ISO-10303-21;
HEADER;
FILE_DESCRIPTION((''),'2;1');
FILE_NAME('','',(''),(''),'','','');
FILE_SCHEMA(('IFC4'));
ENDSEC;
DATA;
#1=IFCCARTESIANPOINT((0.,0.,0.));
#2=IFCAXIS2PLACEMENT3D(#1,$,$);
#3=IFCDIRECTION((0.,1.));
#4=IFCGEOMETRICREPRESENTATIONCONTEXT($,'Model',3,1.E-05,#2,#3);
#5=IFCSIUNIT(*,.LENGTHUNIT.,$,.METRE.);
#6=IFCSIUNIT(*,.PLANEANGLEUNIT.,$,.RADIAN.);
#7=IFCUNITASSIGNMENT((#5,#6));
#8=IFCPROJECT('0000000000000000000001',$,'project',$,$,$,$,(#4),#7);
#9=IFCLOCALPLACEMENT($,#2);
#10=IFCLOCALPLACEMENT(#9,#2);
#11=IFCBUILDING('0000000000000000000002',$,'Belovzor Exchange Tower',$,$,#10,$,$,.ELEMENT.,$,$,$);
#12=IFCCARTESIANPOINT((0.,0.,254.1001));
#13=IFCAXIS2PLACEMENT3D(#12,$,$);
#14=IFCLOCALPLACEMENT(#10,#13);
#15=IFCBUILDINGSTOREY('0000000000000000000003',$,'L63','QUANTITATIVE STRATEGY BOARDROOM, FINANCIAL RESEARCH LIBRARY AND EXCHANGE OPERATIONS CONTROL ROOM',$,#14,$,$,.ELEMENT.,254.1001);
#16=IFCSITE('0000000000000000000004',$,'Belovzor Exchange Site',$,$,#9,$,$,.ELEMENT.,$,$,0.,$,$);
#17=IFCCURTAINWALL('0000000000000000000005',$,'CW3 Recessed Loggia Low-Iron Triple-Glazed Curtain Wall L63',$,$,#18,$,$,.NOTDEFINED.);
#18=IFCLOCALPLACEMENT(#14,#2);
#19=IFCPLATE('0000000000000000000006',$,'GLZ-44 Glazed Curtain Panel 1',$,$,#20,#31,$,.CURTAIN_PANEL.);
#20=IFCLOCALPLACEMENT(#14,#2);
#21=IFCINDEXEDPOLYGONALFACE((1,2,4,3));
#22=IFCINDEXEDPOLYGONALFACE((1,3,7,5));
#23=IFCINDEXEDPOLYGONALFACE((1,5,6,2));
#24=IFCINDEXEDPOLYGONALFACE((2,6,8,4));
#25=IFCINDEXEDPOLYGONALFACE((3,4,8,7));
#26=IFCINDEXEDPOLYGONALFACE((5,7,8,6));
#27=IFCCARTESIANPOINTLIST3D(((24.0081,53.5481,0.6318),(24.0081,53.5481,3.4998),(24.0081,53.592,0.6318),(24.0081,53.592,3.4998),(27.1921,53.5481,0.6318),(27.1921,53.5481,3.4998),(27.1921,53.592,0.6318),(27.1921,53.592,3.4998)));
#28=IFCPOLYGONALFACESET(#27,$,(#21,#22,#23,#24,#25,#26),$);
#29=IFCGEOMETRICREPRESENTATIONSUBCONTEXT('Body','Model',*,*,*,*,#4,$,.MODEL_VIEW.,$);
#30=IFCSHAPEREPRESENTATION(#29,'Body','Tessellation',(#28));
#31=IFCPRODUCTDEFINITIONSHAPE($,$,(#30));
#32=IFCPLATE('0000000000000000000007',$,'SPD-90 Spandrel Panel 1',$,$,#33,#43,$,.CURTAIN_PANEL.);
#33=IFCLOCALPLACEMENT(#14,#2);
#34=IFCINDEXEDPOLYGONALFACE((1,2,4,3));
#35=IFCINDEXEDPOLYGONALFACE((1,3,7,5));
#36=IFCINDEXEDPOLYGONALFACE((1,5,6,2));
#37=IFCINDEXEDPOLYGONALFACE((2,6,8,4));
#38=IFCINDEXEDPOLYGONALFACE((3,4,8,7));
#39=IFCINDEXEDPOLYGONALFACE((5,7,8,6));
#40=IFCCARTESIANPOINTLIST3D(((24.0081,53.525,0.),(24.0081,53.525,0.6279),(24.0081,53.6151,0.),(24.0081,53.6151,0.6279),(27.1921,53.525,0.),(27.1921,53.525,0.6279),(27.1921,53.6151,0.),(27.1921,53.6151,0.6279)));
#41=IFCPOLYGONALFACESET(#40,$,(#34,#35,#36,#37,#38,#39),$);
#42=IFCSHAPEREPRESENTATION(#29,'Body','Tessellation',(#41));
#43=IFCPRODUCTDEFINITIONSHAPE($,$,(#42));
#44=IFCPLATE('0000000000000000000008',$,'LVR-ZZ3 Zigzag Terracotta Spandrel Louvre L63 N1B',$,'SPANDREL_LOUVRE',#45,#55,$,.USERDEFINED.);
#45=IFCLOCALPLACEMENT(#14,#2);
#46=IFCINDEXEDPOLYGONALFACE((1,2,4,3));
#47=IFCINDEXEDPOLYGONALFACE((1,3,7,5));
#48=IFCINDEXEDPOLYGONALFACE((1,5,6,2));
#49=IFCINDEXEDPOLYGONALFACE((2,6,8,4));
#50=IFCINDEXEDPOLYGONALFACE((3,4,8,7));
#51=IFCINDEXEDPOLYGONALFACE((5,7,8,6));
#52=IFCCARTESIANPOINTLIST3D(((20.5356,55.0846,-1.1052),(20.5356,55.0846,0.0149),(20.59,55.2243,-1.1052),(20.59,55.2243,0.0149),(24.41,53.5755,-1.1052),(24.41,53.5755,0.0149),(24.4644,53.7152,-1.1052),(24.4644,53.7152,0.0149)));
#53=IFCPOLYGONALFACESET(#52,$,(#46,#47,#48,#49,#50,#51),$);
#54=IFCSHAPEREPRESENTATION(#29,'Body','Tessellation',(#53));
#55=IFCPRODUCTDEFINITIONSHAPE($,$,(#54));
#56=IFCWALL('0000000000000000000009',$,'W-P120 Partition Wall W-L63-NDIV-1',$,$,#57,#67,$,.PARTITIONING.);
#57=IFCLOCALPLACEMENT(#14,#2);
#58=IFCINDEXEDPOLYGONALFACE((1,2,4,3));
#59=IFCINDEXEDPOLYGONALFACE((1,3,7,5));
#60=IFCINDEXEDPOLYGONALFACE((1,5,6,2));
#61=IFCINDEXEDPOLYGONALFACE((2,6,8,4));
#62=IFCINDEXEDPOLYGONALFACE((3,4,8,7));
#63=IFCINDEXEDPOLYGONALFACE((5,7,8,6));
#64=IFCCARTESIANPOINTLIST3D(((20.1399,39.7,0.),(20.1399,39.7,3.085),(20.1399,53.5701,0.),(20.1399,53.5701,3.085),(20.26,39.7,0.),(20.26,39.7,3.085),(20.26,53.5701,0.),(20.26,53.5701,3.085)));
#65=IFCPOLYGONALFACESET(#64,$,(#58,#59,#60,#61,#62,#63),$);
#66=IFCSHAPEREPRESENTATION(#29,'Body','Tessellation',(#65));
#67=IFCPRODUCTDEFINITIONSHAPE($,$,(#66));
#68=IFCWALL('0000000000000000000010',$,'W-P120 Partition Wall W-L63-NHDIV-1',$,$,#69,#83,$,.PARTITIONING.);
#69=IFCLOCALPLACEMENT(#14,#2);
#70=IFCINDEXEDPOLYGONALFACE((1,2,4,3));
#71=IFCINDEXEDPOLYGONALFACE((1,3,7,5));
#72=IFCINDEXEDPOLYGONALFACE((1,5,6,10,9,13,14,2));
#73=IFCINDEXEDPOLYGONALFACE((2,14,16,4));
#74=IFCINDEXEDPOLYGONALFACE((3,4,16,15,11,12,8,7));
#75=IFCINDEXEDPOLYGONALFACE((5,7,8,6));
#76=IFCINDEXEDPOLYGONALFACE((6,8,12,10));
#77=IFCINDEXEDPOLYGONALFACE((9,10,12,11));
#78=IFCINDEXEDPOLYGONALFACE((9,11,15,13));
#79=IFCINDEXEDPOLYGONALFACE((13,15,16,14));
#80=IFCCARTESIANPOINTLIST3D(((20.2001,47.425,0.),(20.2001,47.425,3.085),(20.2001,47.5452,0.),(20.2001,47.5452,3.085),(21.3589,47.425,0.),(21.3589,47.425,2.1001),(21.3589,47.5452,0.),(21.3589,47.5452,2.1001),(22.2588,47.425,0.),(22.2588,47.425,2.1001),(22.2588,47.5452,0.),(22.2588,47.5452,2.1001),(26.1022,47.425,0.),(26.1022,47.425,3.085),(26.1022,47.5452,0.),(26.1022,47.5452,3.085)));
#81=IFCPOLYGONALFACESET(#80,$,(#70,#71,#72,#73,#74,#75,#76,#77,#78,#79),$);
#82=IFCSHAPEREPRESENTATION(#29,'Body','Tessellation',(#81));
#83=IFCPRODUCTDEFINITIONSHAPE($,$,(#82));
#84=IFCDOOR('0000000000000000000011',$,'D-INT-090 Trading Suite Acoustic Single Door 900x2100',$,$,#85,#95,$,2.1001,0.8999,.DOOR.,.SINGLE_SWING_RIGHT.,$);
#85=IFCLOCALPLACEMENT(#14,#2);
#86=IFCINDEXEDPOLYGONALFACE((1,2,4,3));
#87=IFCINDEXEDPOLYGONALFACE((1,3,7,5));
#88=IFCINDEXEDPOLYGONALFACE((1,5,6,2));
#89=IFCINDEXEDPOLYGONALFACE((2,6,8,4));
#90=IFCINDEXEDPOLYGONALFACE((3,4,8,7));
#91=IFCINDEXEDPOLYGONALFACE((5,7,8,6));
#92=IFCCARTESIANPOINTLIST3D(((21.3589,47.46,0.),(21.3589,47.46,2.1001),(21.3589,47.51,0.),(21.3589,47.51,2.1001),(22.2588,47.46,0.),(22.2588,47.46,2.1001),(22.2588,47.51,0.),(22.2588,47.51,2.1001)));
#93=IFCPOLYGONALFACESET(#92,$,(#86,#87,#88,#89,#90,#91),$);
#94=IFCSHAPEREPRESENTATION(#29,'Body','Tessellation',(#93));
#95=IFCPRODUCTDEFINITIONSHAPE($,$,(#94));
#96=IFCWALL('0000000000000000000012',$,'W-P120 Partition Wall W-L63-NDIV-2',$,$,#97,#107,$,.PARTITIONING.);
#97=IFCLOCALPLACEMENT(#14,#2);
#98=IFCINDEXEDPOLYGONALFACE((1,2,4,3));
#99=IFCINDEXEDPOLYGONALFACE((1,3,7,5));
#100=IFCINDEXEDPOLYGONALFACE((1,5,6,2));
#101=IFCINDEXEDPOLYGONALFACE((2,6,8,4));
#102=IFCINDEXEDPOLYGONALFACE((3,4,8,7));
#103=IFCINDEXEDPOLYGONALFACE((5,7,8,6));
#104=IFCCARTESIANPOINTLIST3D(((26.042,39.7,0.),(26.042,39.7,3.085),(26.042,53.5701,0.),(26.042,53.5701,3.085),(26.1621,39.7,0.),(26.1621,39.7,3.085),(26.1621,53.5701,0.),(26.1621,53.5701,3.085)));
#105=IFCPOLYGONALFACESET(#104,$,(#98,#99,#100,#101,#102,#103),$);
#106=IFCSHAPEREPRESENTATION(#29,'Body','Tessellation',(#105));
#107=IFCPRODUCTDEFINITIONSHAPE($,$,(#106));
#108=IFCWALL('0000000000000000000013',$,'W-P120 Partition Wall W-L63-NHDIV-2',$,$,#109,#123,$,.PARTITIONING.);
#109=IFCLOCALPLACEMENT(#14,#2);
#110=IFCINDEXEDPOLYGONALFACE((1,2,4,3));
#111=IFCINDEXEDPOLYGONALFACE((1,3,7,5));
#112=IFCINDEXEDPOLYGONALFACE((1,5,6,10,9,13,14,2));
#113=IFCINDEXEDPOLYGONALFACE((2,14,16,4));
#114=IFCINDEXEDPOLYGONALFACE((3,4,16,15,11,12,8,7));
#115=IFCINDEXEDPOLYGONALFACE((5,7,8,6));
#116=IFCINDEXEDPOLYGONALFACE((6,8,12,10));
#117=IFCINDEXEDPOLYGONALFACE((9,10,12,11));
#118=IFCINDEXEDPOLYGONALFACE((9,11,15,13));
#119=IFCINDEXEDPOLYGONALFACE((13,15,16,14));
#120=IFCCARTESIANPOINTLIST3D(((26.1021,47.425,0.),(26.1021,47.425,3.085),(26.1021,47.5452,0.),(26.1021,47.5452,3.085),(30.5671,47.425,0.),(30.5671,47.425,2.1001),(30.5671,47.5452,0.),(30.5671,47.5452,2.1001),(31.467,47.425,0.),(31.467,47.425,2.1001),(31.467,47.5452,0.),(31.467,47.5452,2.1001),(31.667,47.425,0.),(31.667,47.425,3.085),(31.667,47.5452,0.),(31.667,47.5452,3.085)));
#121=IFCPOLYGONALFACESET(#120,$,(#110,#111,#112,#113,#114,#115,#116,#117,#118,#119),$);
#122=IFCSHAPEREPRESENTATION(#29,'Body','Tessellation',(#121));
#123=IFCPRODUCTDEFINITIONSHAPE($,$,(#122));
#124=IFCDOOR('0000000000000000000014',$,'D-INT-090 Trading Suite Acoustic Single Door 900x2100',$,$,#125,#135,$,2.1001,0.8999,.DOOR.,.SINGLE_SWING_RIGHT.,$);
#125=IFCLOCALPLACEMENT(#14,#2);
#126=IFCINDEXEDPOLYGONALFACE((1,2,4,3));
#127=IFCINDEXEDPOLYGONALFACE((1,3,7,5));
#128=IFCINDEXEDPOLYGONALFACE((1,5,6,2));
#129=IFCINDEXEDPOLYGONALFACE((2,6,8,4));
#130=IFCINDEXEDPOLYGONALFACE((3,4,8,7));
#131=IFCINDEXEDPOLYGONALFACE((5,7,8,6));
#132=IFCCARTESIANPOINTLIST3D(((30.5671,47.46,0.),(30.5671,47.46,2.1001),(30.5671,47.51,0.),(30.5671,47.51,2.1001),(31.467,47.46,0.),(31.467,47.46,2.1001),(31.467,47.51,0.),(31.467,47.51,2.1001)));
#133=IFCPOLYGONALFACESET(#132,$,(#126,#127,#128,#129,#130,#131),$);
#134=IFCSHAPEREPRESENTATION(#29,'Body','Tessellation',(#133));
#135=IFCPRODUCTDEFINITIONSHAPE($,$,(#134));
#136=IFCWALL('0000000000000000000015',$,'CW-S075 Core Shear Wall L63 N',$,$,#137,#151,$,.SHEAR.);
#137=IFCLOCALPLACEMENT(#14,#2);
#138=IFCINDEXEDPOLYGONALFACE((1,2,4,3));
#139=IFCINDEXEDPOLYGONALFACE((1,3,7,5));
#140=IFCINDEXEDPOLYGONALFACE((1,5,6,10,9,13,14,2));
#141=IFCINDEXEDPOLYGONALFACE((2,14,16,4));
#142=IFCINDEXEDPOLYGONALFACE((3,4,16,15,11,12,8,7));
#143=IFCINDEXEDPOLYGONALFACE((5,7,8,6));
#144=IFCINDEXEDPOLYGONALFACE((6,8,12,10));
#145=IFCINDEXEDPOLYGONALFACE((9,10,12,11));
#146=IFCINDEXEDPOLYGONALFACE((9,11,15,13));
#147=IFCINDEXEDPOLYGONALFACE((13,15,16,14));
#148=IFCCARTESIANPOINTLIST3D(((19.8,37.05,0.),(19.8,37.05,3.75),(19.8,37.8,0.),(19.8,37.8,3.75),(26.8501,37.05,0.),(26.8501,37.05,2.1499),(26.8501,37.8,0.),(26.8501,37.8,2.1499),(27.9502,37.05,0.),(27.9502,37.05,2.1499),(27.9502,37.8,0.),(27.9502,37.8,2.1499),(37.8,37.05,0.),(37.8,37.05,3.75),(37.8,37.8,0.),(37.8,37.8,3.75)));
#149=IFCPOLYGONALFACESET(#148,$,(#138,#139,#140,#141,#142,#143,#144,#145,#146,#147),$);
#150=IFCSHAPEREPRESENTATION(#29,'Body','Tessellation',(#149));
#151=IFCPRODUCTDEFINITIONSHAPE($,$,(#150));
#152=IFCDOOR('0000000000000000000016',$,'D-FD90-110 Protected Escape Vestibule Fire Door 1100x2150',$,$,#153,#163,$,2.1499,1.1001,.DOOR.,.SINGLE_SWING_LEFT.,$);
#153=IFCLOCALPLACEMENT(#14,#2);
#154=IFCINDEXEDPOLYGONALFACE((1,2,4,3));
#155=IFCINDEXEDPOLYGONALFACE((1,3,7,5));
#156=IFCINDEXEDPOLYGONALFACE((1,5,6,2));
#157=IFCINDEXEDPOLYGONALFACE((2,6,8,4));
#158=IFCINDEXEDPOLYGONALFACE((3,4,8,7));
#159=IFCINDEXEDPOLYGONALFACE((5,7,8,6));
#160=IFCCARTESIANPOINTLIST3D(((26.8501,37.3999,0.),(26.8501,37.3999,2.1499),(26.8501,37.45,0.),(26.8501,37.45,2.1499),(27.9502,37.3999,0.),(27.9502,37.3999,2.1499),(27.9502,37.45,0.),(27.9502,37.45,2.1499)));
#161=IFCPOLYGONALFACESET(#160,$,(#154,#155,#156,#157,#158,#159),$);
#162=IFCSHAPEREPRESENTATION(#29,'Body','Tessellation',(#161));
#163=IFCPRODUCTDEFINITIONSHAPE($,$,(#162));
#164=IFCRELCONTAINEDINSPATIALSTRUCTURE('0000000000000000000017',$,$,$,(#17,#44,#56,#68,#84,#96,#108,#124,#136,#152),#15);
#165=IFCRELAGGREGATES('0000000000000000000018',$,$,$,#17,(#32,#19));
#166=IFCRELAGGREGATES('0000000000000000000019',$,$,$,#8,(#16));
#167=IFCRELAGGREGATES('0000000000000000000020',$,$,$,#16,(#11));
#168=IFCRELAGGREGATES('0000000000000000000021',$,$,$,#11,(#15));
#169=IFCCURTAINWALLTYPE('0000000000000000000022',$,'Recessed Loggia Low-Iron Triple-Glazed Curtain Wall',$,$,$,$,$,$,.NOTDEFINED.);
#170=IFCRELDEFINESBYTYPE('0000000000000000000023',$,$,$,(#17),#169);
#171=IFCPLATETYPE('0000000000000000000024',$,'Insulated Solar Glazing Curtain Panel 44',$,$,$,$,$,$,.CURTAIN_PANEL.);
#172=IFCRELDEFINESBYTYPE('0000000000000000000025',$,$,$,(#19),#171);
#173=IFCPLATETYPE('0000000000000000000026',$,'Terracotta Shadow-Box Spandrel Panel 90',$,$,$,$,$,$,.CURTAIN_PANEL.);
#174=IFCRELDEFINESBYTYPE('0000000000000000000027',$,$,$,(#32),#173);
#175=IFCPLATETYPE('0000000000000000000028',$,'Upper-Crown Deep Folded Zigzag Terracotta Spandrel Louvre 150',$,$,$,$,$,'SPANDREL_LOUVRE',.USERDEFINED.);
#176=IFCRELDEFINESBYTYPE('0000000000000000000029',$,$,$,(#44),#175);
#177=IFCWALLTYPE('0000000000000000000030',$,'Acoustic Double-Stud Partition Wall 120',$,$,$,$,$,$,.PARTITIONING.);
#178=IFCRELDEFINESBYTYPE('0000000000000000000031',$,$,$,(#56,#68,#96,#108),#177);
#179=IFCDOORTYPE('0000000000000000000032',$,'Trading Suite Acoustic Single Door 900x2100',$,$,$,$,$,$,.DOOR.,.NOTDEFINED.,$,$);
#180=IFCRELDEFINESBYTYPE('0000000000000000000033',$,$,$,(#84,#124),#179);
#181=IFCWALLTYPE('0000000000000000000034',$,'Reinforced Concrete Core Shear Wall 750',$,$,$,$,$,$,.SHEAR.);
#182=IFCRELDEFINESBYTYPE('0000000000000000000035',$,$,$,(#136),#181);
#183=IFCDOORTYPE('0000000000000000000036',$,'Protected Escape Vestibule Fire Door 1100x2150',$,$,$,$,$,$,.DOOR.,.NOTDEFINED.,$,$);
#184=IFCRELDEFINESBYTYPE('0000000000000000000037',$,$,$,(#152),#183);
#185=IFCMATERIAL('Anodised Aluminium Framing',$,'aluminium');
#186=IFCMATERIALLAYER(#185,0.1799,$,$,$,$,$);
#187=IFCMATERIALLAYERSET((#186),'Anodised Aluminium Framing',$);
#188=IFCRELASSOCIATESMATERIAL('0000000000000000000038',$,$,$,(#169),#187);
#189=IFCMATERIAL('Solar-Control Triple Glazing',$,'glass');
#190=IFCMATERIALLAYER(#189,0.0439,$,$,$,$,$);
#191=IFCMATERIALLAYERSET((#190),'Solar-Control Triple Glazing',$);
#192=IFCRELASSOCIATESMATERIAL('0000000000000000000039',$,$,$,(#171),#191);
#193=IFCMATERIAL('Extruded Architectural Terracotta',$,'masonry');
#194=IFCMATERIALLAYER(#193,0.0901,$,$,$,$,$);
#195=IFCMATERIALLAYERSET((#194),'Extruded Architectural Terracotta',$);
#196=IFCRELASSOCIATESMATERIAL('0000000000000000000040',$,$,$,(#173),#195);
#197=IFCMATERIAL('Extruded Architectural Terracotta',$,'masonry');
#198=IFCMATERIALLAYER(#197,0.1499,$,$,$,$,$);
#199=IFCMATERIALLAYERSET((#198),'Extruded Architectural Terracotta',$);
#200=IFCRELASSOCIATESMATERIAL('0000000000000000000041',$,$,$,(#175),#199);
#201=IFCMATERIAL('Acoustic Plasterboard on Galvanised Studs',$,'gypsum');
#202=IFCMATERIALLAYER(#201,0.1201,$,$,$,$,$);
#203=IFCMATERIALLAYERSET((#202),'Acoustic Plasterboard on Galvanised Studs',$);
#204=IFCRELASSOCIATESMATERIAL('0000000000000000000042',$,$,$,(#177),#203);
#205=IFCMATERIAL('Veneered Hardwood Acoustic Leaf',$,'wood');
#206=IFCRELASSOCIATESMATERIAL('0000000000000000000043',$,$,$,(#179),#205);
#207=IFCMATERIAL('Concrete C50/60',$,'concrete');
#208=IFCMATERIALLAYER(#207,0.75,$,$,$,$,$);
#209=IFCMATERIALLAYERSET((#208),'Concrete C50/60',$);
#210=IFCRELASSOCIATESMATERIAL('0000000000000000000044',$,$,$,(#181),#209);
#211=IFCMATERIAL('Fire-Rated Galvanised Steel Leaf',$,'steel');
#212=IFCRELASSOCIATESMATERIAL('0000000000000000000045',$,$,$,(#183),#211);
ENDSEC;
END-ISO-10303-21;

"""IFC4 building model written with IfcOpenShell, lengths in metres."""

from ifc_helpers import new_model, si_unit, direction, frame, frame_2d, origin, origin_2d, place, context, subcontext, project, spatial, rectangle, extrude, material, layer, layer_set, type_object, element, fill, aggregate, save


model = new_model("IFC4")

# Units and contexts
model_context = context("Model", 3, precision=1e-05, world=origin(), true_north=direction((0.0, 1.0)))
body_context = subcontext(model_context, "Body", "Model", "MODEL_VIEW")
ifc_project = project(units=[si_unit("LENGTHUNIT", "METRE"), si_unit("PLANEANGLEUNIT", "RADIAN")], contexts=[model_context])

# Site, building, storey
site_placement = place(None, origin())
site = spatial("IfcSite", under=ifc_project, at=site_placement, Name="Belovzor Exchange Site", CompositionType="ELEMENT", RefElevation=0.0)
building_placement = place(site_placement, origin())
building = spatial("IfcBuilding", under=site, at=building_placement, Name="Belovzor Exchange Tower", CompositionType="ELEMENT")
storey_placement = place(building_placement, frame((0.0, 0.0, 254.1001)))
storey = spatial("IfcBuildingStorey", under=building, at=storey_placement, Name="L63", Description="QUANTITATIVE STRATEGY BOARDROOM, FINANCIAL RESEARCH LIBRARY AND EXCHANGE OPERATIONS CONTROL ROOM", CompositionType="ELEMENT", Elevation=254.1001)

# Curtain wall
ifc_material_1 = material(Name="Anodised Aluminium Framing", Category="aluminium")
ifc_layer_1 = layer(ifc_material_1, 0.1799)
ifc_layer_set_1 = layer_set([ifc_layer_1], Name="Anodised Aluminium Framing")
curtain_wall_type = type_object("IfcCurtainWallType", Name="Recessed Loggia Low-Iron Triple-Glazed Curtain Wall", PredefinedType="NOTDEFINED", material=ifc_layer_set_1)
curtain_wall_placement = place(storey_placement, origin())
curtain_wall = element("IfcCurtainWall", 1, at=curtain_wall_placement, inside=storey, type_object=curtain_wall_type, Name="CW3 Recessed Loggia Low-Iron Triple-Glazed Curtain Wall L63", PredefinedType="NOTDEFINED")

# Plates
ifc_material_2 = material(Name="Solar-Control Triple Glazing", Category="glass")
ifc_layer_2 = layer(ifc_material_2, 0.0439)
ifc_layer_set_2 = layer_set([ifc_layer_2], Name="Solar-Control Triple Glazing")
plate_type_1 = type_object("IfcPlateType", Name="Insulated Solar Glazing Curtain Panel 44", PredefinedType="CURTAIN_PANEL", material=ifc_layer_set_2)
plate_1_placement = place(storey_placement, frame((25.6001, 53.5701, 0.6318), z_axis=(0.0, 0.0, 1.0), x_axis=(1.0, 0.0, 0.0)))
plate_1 = element("IfcPlate", 2, at=plate_1_placement, type_object=plate_type_1, Name="GLZ-44 Glazed Curtain Panel 1", PredefinedType="CURTAIN_PANEL", context=body_context, shape_type="SweptSolid", body=[
    extrude(rectangle(XDim=3.1841, YDim=0.0439, at=origin_2d()), origin(), (0.0, 0.0, 1.0), 2.8679),
])
ifc_material_3 = material(Name="Extruded Architectural Terracotta", Category="masonry")
ifc_layer_3 = layer(ifc_material_3, 0.0901)
ifc_layer_set_3 = layer_set([ifc_layer_3], Name="Extruded Architectural Terracotta")
plate_type_2 = type_object("IfcPlateType", Name="Terracotta Shadow-Box Spandrel Panel 90", PredefinedType="CURTAIN_PANEL", material=ifc_layer_set_3)
plate_2_placement = place(storey_placement, frame((25.6001, 53.5701, 0.0), z_axis=(0.0, 0.0, 1.0), x_axis=(1.0, 0.0, 0.0)))
plate_2 = element("IfcPlate", 3, at=plate_2_placement, type_object=plate_type_2, Name="SPD-90 Spandrel Panel 1", PredefinedType="CURTAIN_PANEL", context=body_context, shape_type="SweptSolid", body=[
    extrude(rectangle(XDim=3.1841, YDim=0.0901, at=origin_2d()), origin(), (0.0, 0.0, 1.0), 0.6279),
])
aggregate(curtain_wall, [plate_2, plate_1])
ifc_material_4 = material(Name="Extruded Architectural Terracotta", Category="masonry")
ifc_layer_4 = layer(ifc_material_4, 0.1499)
ifc_layer_set_4 = layer_set([ifc_layer_4], Name="Extruded Architectural Terracotta")
plate_type_3 = type_object("IfcPlateType", Name="Upper-Crown Deep Folded Zigzag Terracotta Spandrel Louvre 150", ElementType="SPANDREL_LOUVRE", PredefinedType="USERDEFINED", material=ifc_layer_set_4)
plate_3_placement = place(storey_placement, frame((22.5, 54.3999, -1.1052), z_axis=(0.0, 0.0, 1.0), x_axis=(0.931818, -0.362926, 0.0)))
element("IfcPlate", 4, at=plate_3_placement, inside=storey, type_object=plate_type_3, Name="LVR-ZZ3 Zigzag Terracotta Spandrel Louvre L63 N1B", ObjectType="SPANDREL_LOUVRE", PredefinedType="USERDEFINED", context=body_context, shape_type="SweptSolid", body=[
    extrude(rectangle(XDim=4.158, YDim=0.1499, at=origin_2d()), origin(), (0.0, 0.0, 1.0), 1.1201),
])

# Wall
ifc_material_5 = material(Name="Acoustic Plasterboard on Galvanised Studs", Category="gypsum")
ifc_layer_5 = layer(ifc_material_5, 0.1201)
ifc_layer_set_5 = layer_set([ifc_layer_5], Name="Acoustic Plasterboard on Galvanised Studs")
wall_type_1 = type_object("IfcWallType", Name="Acoustic Double-Stud Partition Wall 120", PredefinedType="PARTITIONING", material=ifc_layer_set_5)
wall_1_placement = place(storey_placement, frame((20.2, 39.7, 0.0), z_axis=(0.0, 0.0, 1.0), x_axis=(0.0, 1.0, 0.0)))
element("IfcWall", 5, at=wall_1_placement, inside=storey, type_object=wall_type_1, Name="W-P120 Partition Wall W-L63-NDIV-1", PredefinedType="PARTITIONING", context=body_context, shape_type="SweptSolid", body=[
    extrude(rectangle(XDim=13.8701, YDim=0.1201, at=frame_2d((6.9351, 0.0))), origin(), (0.0, 0.0, 1.0), 3.085),
])

# Wall, opening, door
wall_2_placement = place(storey_placement, frame((20.2, 47.4851, 0.0), z_axis=(0.0, 0.0, 1.0), x_axis=(1.0, 0.0, 0.0)))
wall_2 = element("IfcWall", 6, at=wall_2_placement, inside=storey, type_object=wall_type_1, Name="W-P120 Partition Wall W-L63-NHDIV-1", PredefinedType="PARTITIONING", context=body_context, shape_type="SweptSolid", body=[
    extrude(rectangle(XDim=5.9021, YDim=0.1201, at=frame_2d((2.9512, 0.0))), origin(), (0.0, 0.0, 1.0), 3.085),
])
opening_1_placement = place(wall_2_placement, frame((1.1589, 0.0, 0.0)))
opening_1 = element("IfcOpeningElement", 7, at=opening_1_placement, cuts=wall_2, PredefinedType="OPENING", context=body_context, shape_type="SweptSolid", body=[
    extrude(rectangle(XDim=0.8999, YDim=2.1001, at=frame_2d((0.45, 1.05))), frame((0.0, 0.0701, 0.0), z_axis=(0.0, -1.0, 0.0), x_axis=(1.0, 0.0, 0.0)), (0.0, 0.0, 1.0), 0.1401),
])
ifc_material_6 = material(Name="Veneered Hardwood Acoustic Leaf", Category="wood")
door_type_1 = type_object("IfcDoorType", Name="Trading Suite Acoustic Single Door 900x2100", OperationType="NOTDEFINED", PredefinedType="DOOR", material=ifc_material_6)
door_1_placement = place(opening_1_placement, origin())
door_1 = element("IfcDoor", 8, at=door_1_placement, inside=storey, type_object=door_type_1, Name="D-INT-090 Trading Suite Acoustic Single Door 900x2100", OperationType="SINGLE_SWING_RIGHT", OverallHeight=2.1001, OverallWidth=0.8999, PredefinedType="DOOR", context=body_context, shape_type="SweptSolid", body=[
    extrude(rectangle(XDim=0.8999, YDim=2.1001, at=frame_2d((0.45, 1.05))), frame((0.0, 0.0249, 0.0), z_axis=(0.0, -1.0, 0.0), x_axis=(1.0, 0.0, 0.0)), (0.0, 0.0, 1.0), 0.05),
])
fill(opening_1, door_1)

# Wall
wall_3_placement = place(storey_placement, frame((26.1021, 39.7, 0.0), z_axis=(0.0, 0.0, 1.0), x_axis=(0.0, 1.0, 0.0)))
element("IfcWall", 9, at=wall_3_placement, inside=storey, type_object=wall_type_1, Name="W-P120 Partition Wall W-L63-NDIV-2", PredefinedType="PARTITIONING", context=body_context, shape_type="SweptSolid", body=[
    extrude(rectangle(XDim=13.8701, YDim=0.1201, at=frame_2d((6.9351, 0.0))), origin(), (0.0, 0.0, 1.0), 3.085),
])

# Walls, openings, doors
wall_4_placement = place(storey_placement, frame((26.1021, 47.4851, 0.0), z_axis=(0.0, 0.0, 1.0), x_axis=(1.0, 0.0, 0.0)))
wall_4 = element("IfcWall", 10, at=wall_4_placement, inside=storey, type_object=wall_type_1, Name="W-P120 Partition Wall W-L63-NHDIV-2", PredefinedType="PARTITIONING", context=body_context, shape_type="SweptSolid", body=[
    extrude(rectangle(XDim=5.5649, YDim=0.1201, at=frame_2d((2.7825, 0.0))), origin(), (0.0, 0.0, 1.0), 3.085),
])
opening_2_placement = place(wall_4_placement, frame((4.4651, 0.0, 0.0)))
opening_2 = element("IfcOpeningElement", 11, at=opening_2_placement, cuts=wall_4, PredefinedType="OPENING", context=body_context, shape_type="SweptSolid", body=[
    extrude(rectangle(XDim=0.8999, YDim=2.1001, at=frame_2d((0.45, 1.05))), frame((0.0, 0.0701, 0.0), z_axis=(0.0, -1.0, 0.0), x_axis=(1.0, 0.0, 0.0)), (0.0, 0.0, 1.0), 0.1401),
])
door_2_placement = place(opening_2_placement, origin())
door_2 = element("IfcDoor", 12, at=door_2_placement, inside=storey, type_object=door_type_1, Name="D-INT-090 Trading Suite Acoustic Single Door 900x2100", OperationType="SINGLE_SWING_RIGHT", OverallHeight=2.1001, OverallWidth=0.8999, PredefinedType="DOOR", context=body_context, shape_type="SweptSolid", body=[
    extrude(rectangle(XDim=0.8999, YDim=2.1001, at=frame_2d((0.45, 1.05))), frame((0.0, 0.0249, 0.0), z_axis=(0.0, -1.0, 0.0), x_axis=(1.0, 0.0, 0.0)), (0.0, 0.0, 1.0), 0.05),
])
fill(opening_2, door_2)
ifc_material_7 = material(Name="Concrete C50/60", Category="concrete")
ifc_layer_6 = layer(ifc_material_7, 0.75)
ifc_layer_set_6 = layer_set([ifc_layer_6], Name="Concrete C50/60")
wall_type_2 = type_object("IfcWallType", Name="Reinforced Concrete Core Shear Wall 750", PredefinedType="SHEAR", material=ifc_layer_set_6)
wall_5_placement = place(storey_placement, frame((19.8, 37.425, 0.0), z_axis=(0.0, 0.0, 1.0), x_axis=(1.0, 0.0, 0.0)))
wall_5 = element("IfcWall", 13, at=wall_5_placement, inside=storey, type_object=wall_type_2, Name="CW-S075 Core Shear Wall L63 N", PredefinedType="SHEAR", context=body_context, shape_type="SweptSolid", body=[
    extrude(rectangle(XDim=18.0, YDim=0.75, at=frame_2d((9.0, 0.0))), origin(), (0.0, 0.0, 1.0), 3.75),
])
opening_3_placement = place(wall_5_placement, frame((7.05, 0.0, 0.0)))
opening_3 = element("IfcOpeningElement", 14, at=opening_3_placement, cuts=wall_5, PredefinedType="OPENING", context=body_context, shape_type="SweptSolid", body=[
    extrude(rectangle(XDim=1.1001, YDim=2.1499, at=frame_2d((0.55, 1.075))), frame((0.0, 0.385, 0.0), z_axis=(0.0, -1.0, 0.0), x_axis=(1.0, 0.0, 0.0)), (0.0, 0.0, 1.0), 0.77),
])
ifc_material_8 = material(Name="Fire-Rated Galvanised Steel Leaf", Category="steel")
door_type_2 = type_object("IfcDoorType", Name="Protected Escape Vestibule Fire Door 1100x2150", OperationType="NOTDEFINED", PredefinedType="DOOR", material=ifc_material_8)
door_3_placement = place(opening_3_placement, origin())
door_3 = element("IfcDoor", 15, at=door_3_placement, inside=storey, type_object=door_type_2, Name="D-FD90-110 Protected Escape Vestibule Fire Door 1100x2150", OperationType="SINGLE_SWING_LEFT", OverallHeight=2.1499, OverallWidth=1.1001, PredefinedType="DOOR", context=body_context, shape_type="SweptSolid", body=[
    extrude(rectangle(XDim=1.1001, YDim=2.1499, at=frame_2d((0.55, 1.075))), frame((0.0, 0.0249, 0.0), z_axis=(0.0, -1.0, 0.0), x_axis=(1.0, 0.0, 0.0)), (0.0, 0.0, 1.0), 0.05),
])
fill(opening_3, door_3)

save(model, "model.ifc")
